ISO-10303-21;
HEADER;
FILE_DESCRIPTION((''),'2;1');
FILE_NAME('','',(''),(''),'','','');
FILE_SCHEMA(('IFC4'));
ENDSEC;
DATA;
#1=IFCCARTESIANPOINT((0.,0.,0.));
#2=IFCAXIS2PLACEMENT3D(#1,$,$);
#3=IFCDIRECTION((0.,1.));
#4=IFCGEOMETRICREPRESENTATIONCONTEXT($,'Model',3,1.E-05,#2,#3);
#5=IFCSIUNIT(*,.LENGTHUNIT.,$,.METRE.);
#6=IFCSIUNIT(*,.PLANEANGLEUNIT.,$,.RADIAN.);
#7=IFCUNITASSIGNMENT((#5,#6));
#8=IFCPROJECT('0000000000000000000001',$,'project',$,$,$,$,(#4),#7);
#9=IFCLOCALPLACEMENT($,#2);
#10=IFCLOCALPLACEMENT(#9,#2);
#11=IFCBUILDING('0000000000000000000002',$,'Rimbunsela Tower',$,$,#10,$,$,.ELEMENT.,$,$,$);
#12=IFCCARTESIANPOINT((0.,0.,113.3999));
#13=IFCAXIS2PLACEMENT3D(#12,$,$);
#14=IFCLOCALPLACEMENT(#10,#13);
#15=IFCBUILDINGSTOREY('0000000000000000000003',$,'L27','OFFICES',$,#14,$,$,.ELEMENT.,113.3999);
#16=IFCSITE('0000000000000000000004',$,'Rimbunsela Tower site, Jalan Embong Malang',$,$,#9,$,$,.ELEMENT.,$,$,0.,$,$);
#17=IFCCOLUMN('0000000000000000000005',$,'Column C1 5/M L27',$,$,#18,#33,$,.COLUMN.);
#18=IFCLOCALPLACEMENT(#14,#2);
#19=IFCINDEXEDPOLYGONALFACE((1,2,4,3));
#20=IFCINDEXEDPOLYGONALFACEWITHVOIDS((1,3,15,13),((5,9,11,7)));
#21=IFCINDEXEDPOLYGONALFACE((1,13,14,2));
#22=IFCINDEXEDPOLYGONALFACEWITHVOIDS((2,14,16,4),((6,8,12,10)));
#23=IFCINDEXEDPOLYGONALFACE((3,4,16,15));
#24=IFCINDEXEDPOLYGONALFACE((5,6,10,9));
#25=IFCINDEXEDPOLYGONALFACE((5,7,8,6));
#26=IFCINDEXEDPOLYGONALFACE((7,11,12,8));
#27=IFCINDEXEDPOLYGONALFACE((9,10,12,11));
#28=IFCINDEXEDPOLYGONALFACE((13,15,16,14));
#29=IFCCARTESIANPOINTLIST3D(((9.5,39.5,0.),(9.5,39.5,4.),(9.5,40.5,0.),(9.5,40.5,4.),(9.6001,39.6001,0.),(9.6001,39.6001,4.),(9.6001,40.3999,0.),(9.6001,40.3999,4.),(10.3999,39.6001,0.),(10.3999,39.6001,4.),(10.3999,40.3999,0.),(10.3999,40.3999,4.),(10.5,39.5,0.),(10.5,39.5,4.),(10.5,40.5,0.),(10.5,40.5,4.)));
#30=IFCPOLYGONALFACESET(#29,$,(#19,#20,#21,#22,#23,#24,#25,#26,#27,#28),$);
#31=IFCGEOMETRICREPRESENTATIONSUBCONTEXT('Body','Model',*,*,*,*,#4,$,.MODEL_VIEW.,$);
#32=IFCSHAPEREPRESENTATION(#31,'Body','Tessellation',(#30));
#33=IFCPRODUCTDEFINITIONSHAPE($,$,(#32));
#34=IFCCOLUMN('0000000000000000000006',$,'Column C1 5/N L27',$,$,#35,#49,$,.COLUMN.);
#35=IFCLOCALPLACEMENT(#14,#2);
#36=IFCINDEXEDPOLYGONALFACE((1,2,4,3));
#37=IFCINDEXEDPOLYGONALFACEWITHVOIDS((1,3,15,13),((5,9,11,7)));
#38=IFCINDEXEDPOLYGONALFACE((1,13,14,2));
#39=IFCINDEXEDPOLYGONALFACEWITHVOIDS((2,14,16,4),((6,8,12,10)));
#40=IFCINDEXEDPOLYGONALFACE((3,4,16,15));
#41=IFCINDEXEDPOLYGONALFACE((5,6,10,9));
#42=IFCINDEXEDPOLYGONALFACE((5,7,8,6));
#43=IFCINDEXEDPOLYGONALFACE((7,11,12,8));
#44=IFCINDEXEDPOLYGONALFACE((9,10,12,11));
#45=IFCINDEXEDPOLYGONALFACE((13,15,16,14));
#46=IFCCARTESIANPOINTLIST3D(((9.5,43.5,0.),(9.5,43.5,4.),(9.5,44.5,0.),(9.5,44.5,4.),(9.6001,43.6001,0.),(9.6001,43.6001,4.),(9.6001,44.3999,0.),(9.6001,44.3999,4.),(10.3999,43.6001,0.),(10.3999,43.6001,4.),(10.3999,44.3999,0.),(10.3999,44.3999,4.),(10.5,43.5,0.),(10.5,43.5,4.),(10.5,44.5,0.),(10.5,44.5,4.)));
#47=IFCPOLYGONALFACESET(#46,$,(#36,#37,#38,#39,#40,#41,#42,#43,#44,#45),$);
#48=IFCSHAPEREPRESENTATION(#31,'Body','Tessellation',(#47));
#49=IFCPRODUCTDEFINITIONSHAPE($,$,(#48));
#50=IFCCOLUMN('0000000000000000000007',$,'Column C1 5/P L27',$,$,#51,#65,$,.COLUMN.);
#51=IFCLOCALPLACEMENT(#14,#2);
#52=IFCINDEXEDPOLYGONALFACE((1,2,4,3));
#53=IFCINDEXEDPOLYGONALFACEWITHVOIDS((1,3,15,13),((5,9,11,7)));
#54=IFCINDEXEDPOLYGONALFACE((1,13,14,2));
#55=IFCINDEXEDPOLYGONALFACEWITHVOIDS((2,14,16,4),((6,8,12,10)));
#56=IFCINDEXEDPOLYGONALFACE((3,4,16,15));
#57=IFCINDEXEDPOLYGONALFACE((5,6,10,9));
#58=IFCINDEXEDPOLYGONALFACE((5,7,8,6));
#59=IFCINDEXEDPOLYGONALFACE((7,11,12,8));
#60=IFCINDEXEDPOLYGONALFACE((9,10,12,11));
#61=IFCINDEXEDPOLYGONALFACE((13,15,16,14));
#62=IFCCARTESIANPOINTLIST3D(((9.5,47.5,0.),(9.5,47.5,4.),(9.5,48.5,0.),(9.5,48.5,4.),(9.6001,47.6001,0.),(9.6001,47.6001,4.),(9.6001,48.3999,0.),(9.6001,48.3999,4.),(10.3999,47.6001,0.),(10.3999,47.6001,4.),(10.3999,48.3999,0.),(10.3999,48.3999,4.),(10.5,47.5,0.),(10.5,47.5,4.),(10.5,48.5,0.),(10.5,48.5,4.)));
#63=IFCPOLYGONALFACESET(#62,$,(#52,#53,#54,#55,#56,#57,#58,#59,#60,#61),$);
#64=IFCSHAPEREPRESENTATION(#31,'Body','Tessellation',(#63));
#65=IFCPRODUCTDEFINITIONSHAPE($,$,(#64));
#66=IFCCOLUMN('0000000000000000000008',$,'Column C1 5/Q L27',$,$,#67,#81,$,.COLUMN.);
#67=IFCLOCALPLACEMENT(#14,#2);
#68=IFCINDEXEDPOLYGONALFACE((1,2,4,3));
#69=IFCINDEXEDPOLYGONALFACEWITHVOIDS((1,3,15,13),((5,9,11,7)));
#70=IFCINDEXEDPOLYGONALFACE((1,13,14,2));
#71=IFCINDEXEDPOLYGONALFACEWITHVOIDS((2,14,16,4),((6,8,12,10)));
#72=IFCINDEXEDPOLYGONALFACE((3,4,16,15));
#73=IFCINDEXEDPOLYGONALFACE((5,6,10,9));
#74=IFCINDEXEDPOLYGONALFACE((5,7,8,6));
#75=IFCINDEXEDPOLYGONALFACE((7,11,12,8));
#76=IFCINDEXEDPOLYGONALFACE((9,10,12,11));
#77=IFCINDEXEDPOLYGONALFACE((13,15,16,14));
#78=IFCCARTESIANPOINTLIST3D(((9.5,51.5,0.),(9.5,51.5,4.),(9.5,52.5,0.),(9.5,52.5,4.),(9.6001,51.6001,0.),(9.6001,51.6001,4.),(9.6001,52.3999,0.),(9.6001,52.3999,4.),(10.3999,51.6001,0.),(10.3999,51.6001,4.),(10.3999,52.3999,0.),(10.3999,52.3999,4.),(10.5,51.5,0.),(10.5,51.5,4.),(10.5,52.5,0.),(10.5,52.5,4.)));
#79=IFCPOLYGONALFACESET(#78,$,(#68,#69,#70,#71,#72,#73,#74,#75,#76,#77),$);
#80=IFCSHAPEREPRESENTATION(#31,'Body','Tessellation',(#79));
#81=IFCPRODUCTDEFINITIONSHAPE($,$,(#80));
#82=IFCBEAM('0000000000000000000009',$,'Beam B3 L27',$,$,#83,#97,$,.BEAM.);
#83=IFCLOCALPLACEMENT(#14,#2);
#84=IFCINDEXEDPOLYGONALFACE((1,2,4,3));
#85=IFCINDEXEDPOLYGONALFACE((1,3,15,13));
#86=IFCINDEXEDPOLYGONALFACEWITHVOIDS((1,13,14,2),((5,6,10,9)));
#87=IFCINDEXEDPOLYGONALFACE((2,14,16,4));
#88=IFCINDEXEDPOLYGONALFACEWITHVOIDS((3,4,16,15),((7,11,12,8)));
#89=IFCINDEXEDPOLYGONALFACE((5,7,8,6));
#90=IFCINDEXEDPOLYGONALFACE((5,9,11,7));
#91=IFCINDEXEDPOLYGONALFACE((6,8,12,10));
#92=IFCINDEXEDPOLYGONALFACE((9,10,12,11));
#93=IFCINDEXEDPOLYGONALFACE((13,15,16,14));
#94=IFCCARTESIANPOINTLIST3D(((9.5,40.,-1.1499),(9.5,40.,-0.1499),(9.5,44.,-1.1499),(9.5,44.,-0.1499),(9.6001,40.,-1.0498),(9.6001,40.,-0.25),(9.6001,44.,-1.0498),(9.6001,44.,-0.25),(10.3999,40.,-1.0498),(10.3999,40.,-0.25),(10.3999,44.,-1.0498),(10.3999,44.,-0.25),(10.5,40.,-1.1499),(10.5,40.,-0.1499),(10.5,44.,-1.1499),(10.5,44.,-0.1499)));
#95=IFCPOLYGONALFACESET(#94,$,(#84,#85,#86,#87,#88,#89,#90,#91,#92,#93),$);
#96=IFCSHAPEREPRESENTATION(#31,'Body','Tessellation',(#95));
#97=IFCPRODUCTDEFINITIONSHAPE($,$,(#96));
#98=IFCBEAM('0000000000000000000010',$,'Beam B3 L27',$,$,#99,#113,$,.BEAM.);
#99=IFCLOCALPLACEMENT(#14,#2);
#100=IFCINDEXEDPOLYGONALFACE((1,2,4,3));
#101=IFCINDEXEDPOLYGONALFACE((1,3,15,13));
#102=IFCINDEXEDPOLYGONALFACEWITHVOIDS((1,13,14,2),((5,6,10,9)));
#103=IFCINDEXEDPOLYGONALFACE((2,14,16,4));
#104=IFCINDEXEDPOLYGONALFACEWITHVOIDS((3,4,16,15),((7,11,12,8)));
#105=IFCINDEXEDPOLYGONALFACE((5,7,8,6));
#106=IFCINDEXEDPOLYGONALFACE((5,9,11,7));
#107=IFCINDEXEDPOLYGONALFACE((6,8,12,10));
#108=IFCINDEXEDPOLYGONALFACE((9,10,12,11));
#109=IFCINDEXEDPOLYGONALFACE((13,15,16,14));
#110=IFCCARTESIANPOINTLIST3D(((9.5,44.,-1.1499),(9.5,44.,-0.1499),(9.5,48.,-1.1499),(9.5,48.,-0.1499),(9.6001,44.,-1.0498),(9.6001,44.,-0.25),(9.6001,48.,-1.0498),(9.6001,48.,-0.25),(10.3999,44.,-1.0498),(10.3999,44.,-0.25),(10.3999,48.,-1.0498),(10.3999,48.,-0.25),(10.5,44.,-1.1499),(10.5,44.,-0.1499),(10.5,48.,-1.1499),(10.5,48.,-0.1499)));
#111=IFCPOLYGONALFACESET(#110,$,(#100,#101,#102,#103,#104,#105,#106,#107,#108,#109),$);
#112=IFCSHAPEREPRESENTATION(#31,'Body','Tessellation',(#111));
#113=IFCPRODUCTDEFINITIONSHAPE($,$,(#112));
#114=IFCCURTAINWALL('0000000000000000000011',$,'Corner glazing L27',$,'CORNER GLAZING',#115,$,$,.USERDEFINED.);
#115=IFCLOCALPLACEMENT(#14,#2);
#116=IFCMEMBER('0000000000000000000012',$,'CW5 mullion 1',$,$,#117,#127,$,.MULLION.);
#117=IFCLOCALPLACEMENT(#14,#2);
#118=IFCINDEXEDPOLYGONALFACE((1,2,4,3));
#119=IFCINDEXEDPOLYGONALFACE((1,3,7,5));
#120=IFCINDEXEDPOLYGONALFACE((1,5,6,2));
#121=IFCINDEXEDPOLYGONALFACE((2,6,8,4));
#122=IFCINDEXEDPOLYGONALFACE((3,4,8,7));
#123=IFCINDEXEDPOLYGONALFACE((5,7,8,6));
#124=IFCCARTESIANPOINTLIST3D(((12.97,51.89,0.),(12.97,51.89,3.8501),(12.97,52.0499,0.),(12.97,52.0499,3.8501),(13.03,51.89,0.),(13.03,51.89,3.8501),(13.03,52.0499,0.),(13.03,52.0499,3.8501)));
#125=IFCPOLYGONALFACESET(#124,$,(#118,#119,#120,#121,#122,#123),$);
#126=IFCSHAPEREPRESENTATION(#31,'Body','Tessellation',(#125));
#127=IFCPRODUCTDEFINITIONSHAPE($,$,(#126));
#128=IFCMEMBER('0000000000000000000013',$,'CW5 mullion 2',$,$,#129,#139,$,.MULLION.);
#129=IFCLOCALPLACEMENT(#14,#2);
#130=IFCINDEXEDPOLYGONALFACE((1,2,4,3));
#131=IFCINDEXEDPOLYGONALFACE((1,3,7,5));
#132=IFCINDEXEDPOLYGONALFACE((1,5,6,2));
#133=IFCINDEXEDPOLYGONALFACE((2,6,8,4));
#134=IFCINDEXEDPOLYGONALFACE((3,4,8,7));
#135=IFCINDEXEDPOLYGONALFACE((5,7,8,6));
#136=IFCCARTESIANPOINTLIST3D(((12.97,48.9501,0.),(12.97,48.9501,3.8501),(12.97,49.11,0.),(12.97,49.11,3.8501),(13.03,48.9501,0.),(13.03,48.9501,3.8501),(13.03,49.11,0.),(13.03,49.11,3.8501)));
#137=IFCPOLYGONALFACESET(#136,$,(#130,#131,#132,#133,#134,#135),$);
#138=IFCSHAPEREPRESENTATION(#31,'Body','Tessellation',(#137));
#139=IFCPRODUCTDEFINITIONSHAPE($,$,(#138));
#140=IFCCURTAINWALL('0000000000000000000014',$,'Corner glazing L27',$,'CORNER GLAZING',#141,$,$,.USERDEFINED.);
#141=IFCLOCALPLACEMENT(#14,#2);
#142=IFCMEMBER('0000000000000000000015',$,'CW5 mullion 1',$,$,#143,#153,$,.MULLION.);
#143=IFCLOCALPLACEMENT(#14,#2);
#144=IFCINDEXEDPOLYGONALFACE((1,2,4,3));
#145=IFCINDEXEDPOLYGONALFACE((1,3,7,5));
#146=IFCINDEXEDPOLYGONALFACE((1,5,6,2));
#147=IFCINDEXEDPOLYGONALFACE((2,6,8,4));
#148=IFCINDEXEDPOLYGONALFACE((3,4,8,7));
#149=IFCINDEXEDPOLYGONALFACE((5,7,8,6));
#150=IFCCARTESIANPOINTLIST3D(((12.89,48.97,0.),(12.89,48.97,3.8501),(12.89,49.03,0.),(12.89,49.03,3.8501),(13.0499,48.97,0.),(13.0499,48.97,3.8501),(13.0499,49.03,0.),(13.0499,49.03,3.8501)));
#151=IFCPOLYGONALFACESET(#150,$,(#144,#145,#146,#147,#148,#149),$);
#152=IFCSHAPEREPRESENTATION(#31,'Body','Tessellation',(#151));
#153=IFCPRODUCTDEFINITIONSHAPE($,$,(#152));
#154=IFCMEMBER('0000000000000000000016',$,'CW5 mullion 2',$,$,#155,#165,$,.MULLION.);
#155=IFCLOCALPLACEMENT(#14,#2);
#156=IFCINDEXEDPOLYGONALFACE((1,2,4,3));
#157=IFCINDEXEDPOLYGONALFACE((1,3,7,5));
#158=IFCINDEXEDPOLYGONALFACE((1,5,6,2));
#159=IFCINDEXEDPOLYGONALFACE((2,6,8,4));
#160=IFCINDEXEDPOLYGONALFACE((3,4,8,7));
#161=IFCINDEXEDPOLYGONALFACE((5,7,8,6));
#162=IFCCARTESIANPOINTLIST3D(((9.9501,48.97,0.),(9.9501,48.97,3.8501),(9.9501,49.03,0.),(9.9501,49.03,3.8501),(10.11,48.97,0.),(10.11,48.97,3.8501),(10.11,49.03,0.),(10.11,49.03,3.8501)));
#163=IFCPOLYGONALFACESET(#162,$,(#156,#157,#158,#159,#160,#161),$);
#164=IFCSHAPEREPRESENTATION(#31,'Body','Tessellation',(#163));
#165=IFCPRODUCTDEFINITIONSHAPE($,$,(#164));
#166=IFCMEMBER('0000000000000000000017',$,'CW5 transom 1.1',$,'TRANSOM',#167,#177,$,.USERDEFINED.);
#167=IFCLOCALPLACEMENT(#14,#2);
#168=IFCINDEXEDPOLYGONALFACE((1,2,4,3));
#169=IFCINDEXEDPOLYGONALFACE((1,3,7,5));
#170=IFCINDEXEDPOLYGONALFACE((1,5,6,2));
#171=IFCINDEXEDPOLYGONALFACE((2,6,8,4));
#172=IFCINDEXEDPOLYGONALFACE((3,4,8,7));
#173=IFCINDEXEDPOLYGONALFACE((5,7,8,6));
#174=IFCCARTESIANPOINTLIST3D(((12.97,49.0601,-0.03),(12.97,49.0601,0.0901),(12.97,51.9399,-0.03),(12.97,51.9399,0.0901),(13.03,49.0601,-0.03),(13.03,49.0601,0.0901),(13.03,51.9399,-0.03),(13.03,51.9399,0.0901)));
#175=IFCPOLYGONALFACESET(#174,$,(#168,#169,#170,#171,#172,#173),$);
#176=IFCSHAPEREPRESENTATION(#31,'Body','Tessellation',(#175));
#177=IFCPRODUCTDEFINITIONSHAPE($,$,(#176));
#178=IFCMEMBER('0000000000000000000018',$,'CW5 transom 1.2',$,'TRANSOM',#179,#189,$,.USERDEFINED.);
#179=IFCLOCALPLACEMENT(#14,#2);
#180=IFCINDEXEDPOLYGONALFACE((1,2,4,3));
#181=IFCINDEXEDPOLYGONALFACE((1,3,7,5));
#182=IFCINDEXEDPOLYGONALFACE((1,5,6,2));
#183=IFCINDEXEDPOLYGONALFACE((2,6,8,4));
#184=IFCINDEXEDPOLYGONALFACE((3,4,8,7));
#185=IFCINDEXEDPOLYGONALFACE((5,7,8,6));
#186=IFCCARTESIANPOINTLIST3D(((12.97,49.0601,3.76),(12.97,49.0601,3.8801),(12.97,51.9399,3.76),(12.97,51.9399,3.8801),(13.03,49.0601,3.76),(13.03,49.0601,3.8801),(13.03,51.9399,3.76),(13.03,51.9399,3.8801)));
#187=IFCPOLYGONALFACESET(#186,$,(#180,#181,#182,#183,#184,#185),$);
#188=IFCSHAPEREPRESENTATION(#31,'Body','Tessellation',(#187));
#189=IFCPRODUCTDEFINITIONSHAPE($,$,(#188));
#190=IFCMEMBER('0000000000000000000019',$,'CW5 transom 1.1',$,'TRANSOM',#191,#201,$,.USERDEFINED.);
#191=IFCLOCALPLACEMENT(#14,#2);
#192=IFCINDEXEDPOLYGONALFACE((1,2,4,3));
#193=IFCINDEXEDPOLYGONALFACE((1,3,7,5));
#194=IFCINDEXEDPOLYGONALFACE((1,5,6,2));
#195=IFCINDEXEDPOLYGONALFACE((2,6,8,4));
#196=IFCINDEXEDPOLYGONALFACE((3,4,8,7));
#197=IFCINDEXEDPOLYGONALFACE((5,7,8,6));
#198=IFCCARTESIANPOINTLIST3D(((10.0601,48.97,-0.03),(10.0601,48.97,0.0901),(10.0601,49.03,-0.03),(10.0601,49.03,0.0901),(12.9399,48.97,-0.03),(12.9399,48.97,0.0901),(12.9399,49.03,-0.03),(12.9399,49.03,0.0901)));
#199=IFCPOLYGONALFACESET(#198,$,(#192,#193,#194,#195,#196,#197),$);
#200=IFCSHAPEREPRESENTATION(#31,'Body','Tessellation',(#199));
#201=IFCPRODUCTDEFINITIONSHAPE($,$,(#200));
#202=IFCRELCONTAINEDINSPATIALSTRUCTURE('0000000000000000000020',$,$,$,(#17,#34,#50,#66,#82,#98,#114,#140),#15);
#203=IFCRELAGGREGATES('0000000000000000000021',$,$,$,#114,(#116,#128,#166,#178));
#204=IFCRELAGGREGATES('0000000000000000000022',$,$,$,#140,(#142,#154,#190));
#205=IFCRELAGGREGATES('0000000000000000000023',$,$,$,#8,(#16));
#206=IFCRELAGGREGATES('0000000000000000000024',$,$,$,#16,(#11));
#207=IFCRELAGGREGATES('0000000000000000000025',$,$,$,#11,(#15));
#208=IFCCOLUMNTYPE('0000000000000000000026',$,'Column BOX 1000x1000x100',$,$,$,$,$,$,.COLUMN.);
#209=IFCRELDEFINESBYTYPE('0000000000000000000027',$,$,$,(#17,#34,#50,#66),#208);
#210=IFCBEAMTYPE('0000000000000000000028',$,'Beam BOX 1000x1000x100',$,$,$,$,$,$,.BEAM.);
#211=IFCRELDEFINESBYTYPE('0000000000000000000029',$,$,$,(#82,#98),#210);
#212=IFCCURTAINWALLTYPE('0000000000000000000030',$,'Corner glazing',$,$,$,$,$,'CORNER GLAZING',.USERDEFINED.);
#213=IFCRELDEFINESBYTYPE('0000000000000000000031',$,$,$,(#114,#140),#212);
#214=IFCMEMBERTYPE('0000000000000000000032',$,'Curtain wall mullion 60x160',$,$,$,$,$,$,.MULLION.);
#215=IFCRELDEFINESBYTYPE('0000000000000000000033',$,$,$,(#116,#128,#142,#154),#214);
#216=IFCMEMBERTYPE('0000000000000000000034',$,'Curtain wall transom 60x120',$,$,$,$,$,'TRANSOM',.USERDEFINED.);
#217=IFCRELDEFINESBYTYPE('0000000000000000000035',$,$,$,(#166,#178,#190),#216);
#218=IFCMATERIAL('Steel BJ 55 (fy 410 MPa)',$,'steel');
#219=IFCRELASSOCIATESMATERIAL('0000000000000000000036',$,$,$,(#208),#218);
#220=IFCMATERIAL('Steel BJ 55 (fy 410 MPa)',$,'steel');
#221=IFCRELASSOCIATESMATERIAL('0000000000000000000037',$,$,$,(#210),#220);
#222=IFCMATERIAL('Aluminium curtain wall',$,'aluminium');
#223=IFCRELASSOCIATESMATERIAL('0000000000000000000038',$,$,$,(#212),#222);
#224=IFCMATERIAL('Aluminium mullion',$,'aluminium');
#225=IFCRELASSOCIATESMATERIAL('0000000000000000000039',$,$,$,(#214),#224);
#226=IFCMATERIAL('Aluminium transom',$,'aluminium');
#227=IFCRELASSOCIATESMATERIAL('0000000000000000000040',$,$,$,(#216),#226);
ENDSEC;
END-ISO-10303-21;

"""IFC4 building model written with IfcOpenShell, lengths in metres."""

from ifc_helpers import new_model, si_unit, direction, frame, origin, origin_2d, place, context, subcontext, project, spatial, rectangle, hollow_rectangle, extrude, material, material_profile, profile_set, type_object, element, aggregate, save


model = new_model("IFC4")

# Units and contexts
model_context = context("Model", 3, precision=1e-05, world=origin(), true_north=direction((0.0, 1.0)))
body_context = subcontext(model_context, "Body", "Model", "MODEL_VIEW")
ifc_project = project(units=[si_unit("LENGTHUNIT", "METRE"), si_unit("PLANEANGLEUNIT", "RADIAN")], contexts=[model_context])

# Site, building, storey
site_placement = place(None, origin())
site = spatial("IfcSite", under=ifc_project, at=site_placement, Name="Rimbunsela Tower site, Jalan Embong Malang", CompositionType="ELEMENT", RefElevation=0.0)
building_placement = place(site_placement, origin())
building = spatial("IfcBuilding", under=site, at=building_placement, Name="Rimbunsela Tower", CompositionType="ELEMENT")
storey_placement = place(building_placement, frame((0.0, 0.0, 113.3999)))
storey = spatial("IfcBuildingStorey", under=building, at=storey_placement, Name="L27", Description="OFFICES", CompositionType="ELEMENT", Elevation=113.3999)

# Columns
ifc_material_1 = material(Name="Steel BJ 55 (fy 410 MPa)", Category="steel")
ifc_material_profile_1 = material_profile(ifc_material_1, hollow_rectangle(XDim=1.0, YDim=1.0, WallThickness=0.1001, at=origin_2d()), Name="BOX 1000x1000x100")
ifc_profile_set_1 = profile_set([ifc_material_profile_1], Name="Steel BJ 55 (fy 410 MPa)")
column_type = type_object("IfcColumnType", Name="Column BOX 1000x1000x100", PredefinedType="COLUMN", material=ifc_profile_set_1)
for number, where, z_axis, x_axis, name in (
    (1, (10.0, 40.0, 0.0), (0.0, 0.0, 1.0), (1.0, 0.0, 0.0), "Column C1 5/M L27"),
    (2, (10.0, 44.0, 0.0), (0.0, 0.0, 1.0), (1.0, 0.0, 0.0), "Column C1 5/N L27"),
    (3, (10.0, 48.0, 0.0), (0.0, 0.0, 1.0), (1.0, 0.0, 0.0), "Column C1 5/P L27"),
    (4, (10.0, 52.0, 0.0), (0.0, 0.0, 1.0), (1.0, 0.0, 0.0), "Column C1 5/Q L27"),
):
    element("IfcColumn", number, at=place(storey_placement, frame(where, z_axis=z_axis, x_axis=x_axis)), inside=storey, type_object=column_type, Name=name, PredefinedType="COLUMN", context=body_context, shape_type="SweptSolid", body=[
        extrude(hollow_rectangle(XDim=1.0, YDim=1.0, WallThickness=0.1001, at=origin_2d()), origin(), (0.0, 0.0, 1.0), 4.0),
    ])

# Beams
ifc_material_2 = material(Name="Steel BJ 55 (fy 410 MPa)", Category="steel")
ifc_material_profile_2 = material_profile(ifc_material_2, hollow_rectangle(XDim=1.0, YDim=1.0, WallThickness=0.1001, at=origin_2d()), Name="BOX 1000x1000x100")
ifc_profile_set_2 = profile_set([ifc_material_profile_2], Name="Steel BJ 55 (fy 410 MPa)")
beam_type = type_object("IfcBeamType", Name="Beam BOX 1000x1000x100", PredefinedType="BEAM", material=ifc_profile_set_2)
for number, where, z_axis, x_axis, name in (
    (5, (10.0, 40.0, -0.6499), (0.0, 1.0, 0.0), (-1.0, 0.0, 0.0), "Beam B3 L27"),
    (6, (10.0, 44.0, -0.6499), (0.0, 1.0, 0.0), (-1.0, 0.0, 0.0), "Beam B3 L27"),
):
    element("IfcBeam", number, at=place(storey_placement, frame(where, z_axis=z_axis, x_axis=x_axis)), inside=storey, type_object=beam_type, Name=name, PredefinedType="BEAM", context=body_context, shape_type="SweptSolid", body=[
        extrude(hollow_rectangle(XDim=1.0, YDim=1.0, WallThickness=0.1001, at=origin_2d()), origin(), (0.0, 0.0, 1.0), 4.0),
    ])

# Curtain walls, members
ifc_material_3 = material(Name="Aluminium curtain wall", Category="aluminium")
curtain_wall_type = type_object("IfcCurtainWallType", Name="Corner glazing", ElementType="CORNER GLAZING", PredefinedType="USERDEFINED", material=ifc_material_3)
curtain_wall_1_placement = place(storey_placement, origin())
curtain_wall_1 = element("IfcCurtainWall", 7, at=curtain_wall_1_placement, inside=storey, type_object=curtain_wall_type, Name="Corner glazing L27", ObjectType="CORNER GLAZING", PredefinedType="USERDEFINED")
ifc_material_4 = material(Name="Aluminium mullion", Category="aluminium")
ifc_material_profile_3 = material_profile(ifc_material_4, rectangle(XDim=0.0601, YDim=0.1599, at=origin_2d()), Name="Mullion 60x160")
ifc_profile_set_3 = profile_set([ifc_material_profile_3], Name="Aluminium mullion")
member_type_1 = type_object("IfcMemberType", Name="Curtain wall mullion 60x160", PredefinedType="MULLION", material=ifc_profile_set_3)
member_1_placement = place(storey_placement, frame((13.0, 51.97, 0.0), z_axis=(0.0, 0.0, 1.0), x_axis=(1.0, 0.0, 0.0)))
member_1 = element("IfcMember", 8, at=member_1_placement, type_object=member_type_1, Name="CW5 mullion 1", PredefinedType="MULLION", context=body_context, shape_type="SweptSolid", body=[
    extrude(rectangle(XDim=0.0601, YDim=0.1599, at=origin_2d()), origin(), (0.0, 0.0, 1.0), 3.8501),
])
member_2_placement = place(storey_placement, frame((13.0, 49.03, 0.0), z_axis=(0.0, 0.0, 1.0), x_axis=(1.0, 0.0, 0.0)))
member_2 = element("IfcMember", 9, at=member_2_placement, type_object=member_type_1, Name="CW5 mullion 2", PredefinedType="MULLION", context=body_context, shape_type="SweptSolid", body=[
    extrude(rectangle(XDim=0.0601, YDim=0.1599, at=origin_2d()), origin(), (0.0, 0.0, 1.0), 3.8501),
])
curtain_wall_2_placement = place(storey_placement, origin())
curtain_wall_2 = element("IfcCurtainWall", 10, at=curtain_wall_2_placement, inside=storey, type_object=curtain_wall_type, Name="Corner glazing L27", ObjectType="CORNER GLAZING", PredefinedType="USERDEFINED")
member_3_placement = place(storey_placement, frame((12.97, 49.0, 0.0), z_axis=(0.0, 0.0, 1.0), x_axis=(0.0, -1.0, 0.0)))
member_3 = element("IfcMember", 11, at=member_3_placement, type_object=member_type_1, Name="CW5 mullion 1", PredefinedType="MULLION", context=body_context, shape_type="SweptSolid", body=[
    extrude(rectangle(XDim=0.0601, YDim=0.1599, at=origin_2d()), origin(), (0.0, 0.0, 1.0), 3.8501),
])
member_4_placement = place(storey_placement, frame((10.03, 49.0, 0.0), z_axis=(0.0, 0.0, 1.0), x_axis=(0.0, -1.0, 0.0)))
member_4 = element("IfcMember", 12, at=member_4_placement, type_object=member_type_1, Name="CW5 mullion 2", PredefinedType="MULLION", context=body_context, shape_type="SweptSolid", body=[
    extrude(rectangle(XDim=0.0601, YDim=0.1599, at=origin_2d()), origin(), (0.0, 0.0, 1.0), 3.8501),
])

# Members
ifc_material_5 = material(Name="Aluminium transom", Category="aluminium")
ifc_material_profile_4 = material_profile(ifc_material_5, rectangle(XDim=0.0601, YDim=0.1201, at=origin_2d()), Name="Transom 60x120")
ifc_profile_set_4 = profile_set([ifc_material_profile_4], Name="Aluminium transom")
member_type_2 = type_object("IfcMemberType", Name="Curtain wall transom 60x120", ElementType="TRANSOM", PredefinedType="USERDEFINED", material=ifc_profile_set_4)
member_5_placement = place(storey_placement, frame((13.0, 51.9399, 0.03), z_axis=(0.0, -1.0, 0.0), x_axis=(1.0, 0.0, 0.0)))
member_5 = element("IfcMember", 13, at=member_5_placement, type_object=member_type_2, Name="CW5 transom 1.1", ObjectType="TRANSOM", PredefinedType="USERDEFINED", context=body_context, shape_type="SweptSolid", body=[
    extrude(rectangle(XDim=0.0601, YDim=0.1201, at=origin_2d()), origin(), (0.0, 0.0, 1.0), 2.8799),
])
member_6_placement = place(storey_placement, frame((13.0, 51.9399, 3.8201), z_axis=(0.0, -1.0, 0.0), x_axis=(1.0, 0.0, 0.0)))
member_6 = element("IfcMember", 14, at=member_6_placement, type_object=member_type_2, Name="CW5 transom 1.2", ObjectType="TRANSOM", PredefinedType="USERDEFINED", context=body_context, shape_type="SweptSolid", body=[
    extrude(rectangle(XDim=0.0601, YDim=0.1201, at=origin_2d()), origin(), (0.0, 0.0, 1.0), 2.8799),
])
member_7_placement = place(storey_placement, frame((12.9399, 49.0, 0.03), z_axis=(-1.0, 0.0, 0.0), x_axis=(0.0, -1.0, 0.0)))
member_7 = element("IfcMember", 15, at=member_7_placement, type_object=member_type_2, Name="CW5 transom 1.1", ObjectType="TRANSOM", PredefinedType="USERDEFINED", context=body_context, shape_type="SweptSolid", body=[
    extrude(rectangle(XDim=0.0601, YDim=0.1201, at=origin_2d()), origin(), (0.0, 0.0, 1.0), 2.8799),
])

aggregate(curtain_wall_1, [member_1, member_2, member_5, member_6])
aggregate(curtain_wall_2, [member_3, member_4, member_7])

save(model, "model.ifc")
